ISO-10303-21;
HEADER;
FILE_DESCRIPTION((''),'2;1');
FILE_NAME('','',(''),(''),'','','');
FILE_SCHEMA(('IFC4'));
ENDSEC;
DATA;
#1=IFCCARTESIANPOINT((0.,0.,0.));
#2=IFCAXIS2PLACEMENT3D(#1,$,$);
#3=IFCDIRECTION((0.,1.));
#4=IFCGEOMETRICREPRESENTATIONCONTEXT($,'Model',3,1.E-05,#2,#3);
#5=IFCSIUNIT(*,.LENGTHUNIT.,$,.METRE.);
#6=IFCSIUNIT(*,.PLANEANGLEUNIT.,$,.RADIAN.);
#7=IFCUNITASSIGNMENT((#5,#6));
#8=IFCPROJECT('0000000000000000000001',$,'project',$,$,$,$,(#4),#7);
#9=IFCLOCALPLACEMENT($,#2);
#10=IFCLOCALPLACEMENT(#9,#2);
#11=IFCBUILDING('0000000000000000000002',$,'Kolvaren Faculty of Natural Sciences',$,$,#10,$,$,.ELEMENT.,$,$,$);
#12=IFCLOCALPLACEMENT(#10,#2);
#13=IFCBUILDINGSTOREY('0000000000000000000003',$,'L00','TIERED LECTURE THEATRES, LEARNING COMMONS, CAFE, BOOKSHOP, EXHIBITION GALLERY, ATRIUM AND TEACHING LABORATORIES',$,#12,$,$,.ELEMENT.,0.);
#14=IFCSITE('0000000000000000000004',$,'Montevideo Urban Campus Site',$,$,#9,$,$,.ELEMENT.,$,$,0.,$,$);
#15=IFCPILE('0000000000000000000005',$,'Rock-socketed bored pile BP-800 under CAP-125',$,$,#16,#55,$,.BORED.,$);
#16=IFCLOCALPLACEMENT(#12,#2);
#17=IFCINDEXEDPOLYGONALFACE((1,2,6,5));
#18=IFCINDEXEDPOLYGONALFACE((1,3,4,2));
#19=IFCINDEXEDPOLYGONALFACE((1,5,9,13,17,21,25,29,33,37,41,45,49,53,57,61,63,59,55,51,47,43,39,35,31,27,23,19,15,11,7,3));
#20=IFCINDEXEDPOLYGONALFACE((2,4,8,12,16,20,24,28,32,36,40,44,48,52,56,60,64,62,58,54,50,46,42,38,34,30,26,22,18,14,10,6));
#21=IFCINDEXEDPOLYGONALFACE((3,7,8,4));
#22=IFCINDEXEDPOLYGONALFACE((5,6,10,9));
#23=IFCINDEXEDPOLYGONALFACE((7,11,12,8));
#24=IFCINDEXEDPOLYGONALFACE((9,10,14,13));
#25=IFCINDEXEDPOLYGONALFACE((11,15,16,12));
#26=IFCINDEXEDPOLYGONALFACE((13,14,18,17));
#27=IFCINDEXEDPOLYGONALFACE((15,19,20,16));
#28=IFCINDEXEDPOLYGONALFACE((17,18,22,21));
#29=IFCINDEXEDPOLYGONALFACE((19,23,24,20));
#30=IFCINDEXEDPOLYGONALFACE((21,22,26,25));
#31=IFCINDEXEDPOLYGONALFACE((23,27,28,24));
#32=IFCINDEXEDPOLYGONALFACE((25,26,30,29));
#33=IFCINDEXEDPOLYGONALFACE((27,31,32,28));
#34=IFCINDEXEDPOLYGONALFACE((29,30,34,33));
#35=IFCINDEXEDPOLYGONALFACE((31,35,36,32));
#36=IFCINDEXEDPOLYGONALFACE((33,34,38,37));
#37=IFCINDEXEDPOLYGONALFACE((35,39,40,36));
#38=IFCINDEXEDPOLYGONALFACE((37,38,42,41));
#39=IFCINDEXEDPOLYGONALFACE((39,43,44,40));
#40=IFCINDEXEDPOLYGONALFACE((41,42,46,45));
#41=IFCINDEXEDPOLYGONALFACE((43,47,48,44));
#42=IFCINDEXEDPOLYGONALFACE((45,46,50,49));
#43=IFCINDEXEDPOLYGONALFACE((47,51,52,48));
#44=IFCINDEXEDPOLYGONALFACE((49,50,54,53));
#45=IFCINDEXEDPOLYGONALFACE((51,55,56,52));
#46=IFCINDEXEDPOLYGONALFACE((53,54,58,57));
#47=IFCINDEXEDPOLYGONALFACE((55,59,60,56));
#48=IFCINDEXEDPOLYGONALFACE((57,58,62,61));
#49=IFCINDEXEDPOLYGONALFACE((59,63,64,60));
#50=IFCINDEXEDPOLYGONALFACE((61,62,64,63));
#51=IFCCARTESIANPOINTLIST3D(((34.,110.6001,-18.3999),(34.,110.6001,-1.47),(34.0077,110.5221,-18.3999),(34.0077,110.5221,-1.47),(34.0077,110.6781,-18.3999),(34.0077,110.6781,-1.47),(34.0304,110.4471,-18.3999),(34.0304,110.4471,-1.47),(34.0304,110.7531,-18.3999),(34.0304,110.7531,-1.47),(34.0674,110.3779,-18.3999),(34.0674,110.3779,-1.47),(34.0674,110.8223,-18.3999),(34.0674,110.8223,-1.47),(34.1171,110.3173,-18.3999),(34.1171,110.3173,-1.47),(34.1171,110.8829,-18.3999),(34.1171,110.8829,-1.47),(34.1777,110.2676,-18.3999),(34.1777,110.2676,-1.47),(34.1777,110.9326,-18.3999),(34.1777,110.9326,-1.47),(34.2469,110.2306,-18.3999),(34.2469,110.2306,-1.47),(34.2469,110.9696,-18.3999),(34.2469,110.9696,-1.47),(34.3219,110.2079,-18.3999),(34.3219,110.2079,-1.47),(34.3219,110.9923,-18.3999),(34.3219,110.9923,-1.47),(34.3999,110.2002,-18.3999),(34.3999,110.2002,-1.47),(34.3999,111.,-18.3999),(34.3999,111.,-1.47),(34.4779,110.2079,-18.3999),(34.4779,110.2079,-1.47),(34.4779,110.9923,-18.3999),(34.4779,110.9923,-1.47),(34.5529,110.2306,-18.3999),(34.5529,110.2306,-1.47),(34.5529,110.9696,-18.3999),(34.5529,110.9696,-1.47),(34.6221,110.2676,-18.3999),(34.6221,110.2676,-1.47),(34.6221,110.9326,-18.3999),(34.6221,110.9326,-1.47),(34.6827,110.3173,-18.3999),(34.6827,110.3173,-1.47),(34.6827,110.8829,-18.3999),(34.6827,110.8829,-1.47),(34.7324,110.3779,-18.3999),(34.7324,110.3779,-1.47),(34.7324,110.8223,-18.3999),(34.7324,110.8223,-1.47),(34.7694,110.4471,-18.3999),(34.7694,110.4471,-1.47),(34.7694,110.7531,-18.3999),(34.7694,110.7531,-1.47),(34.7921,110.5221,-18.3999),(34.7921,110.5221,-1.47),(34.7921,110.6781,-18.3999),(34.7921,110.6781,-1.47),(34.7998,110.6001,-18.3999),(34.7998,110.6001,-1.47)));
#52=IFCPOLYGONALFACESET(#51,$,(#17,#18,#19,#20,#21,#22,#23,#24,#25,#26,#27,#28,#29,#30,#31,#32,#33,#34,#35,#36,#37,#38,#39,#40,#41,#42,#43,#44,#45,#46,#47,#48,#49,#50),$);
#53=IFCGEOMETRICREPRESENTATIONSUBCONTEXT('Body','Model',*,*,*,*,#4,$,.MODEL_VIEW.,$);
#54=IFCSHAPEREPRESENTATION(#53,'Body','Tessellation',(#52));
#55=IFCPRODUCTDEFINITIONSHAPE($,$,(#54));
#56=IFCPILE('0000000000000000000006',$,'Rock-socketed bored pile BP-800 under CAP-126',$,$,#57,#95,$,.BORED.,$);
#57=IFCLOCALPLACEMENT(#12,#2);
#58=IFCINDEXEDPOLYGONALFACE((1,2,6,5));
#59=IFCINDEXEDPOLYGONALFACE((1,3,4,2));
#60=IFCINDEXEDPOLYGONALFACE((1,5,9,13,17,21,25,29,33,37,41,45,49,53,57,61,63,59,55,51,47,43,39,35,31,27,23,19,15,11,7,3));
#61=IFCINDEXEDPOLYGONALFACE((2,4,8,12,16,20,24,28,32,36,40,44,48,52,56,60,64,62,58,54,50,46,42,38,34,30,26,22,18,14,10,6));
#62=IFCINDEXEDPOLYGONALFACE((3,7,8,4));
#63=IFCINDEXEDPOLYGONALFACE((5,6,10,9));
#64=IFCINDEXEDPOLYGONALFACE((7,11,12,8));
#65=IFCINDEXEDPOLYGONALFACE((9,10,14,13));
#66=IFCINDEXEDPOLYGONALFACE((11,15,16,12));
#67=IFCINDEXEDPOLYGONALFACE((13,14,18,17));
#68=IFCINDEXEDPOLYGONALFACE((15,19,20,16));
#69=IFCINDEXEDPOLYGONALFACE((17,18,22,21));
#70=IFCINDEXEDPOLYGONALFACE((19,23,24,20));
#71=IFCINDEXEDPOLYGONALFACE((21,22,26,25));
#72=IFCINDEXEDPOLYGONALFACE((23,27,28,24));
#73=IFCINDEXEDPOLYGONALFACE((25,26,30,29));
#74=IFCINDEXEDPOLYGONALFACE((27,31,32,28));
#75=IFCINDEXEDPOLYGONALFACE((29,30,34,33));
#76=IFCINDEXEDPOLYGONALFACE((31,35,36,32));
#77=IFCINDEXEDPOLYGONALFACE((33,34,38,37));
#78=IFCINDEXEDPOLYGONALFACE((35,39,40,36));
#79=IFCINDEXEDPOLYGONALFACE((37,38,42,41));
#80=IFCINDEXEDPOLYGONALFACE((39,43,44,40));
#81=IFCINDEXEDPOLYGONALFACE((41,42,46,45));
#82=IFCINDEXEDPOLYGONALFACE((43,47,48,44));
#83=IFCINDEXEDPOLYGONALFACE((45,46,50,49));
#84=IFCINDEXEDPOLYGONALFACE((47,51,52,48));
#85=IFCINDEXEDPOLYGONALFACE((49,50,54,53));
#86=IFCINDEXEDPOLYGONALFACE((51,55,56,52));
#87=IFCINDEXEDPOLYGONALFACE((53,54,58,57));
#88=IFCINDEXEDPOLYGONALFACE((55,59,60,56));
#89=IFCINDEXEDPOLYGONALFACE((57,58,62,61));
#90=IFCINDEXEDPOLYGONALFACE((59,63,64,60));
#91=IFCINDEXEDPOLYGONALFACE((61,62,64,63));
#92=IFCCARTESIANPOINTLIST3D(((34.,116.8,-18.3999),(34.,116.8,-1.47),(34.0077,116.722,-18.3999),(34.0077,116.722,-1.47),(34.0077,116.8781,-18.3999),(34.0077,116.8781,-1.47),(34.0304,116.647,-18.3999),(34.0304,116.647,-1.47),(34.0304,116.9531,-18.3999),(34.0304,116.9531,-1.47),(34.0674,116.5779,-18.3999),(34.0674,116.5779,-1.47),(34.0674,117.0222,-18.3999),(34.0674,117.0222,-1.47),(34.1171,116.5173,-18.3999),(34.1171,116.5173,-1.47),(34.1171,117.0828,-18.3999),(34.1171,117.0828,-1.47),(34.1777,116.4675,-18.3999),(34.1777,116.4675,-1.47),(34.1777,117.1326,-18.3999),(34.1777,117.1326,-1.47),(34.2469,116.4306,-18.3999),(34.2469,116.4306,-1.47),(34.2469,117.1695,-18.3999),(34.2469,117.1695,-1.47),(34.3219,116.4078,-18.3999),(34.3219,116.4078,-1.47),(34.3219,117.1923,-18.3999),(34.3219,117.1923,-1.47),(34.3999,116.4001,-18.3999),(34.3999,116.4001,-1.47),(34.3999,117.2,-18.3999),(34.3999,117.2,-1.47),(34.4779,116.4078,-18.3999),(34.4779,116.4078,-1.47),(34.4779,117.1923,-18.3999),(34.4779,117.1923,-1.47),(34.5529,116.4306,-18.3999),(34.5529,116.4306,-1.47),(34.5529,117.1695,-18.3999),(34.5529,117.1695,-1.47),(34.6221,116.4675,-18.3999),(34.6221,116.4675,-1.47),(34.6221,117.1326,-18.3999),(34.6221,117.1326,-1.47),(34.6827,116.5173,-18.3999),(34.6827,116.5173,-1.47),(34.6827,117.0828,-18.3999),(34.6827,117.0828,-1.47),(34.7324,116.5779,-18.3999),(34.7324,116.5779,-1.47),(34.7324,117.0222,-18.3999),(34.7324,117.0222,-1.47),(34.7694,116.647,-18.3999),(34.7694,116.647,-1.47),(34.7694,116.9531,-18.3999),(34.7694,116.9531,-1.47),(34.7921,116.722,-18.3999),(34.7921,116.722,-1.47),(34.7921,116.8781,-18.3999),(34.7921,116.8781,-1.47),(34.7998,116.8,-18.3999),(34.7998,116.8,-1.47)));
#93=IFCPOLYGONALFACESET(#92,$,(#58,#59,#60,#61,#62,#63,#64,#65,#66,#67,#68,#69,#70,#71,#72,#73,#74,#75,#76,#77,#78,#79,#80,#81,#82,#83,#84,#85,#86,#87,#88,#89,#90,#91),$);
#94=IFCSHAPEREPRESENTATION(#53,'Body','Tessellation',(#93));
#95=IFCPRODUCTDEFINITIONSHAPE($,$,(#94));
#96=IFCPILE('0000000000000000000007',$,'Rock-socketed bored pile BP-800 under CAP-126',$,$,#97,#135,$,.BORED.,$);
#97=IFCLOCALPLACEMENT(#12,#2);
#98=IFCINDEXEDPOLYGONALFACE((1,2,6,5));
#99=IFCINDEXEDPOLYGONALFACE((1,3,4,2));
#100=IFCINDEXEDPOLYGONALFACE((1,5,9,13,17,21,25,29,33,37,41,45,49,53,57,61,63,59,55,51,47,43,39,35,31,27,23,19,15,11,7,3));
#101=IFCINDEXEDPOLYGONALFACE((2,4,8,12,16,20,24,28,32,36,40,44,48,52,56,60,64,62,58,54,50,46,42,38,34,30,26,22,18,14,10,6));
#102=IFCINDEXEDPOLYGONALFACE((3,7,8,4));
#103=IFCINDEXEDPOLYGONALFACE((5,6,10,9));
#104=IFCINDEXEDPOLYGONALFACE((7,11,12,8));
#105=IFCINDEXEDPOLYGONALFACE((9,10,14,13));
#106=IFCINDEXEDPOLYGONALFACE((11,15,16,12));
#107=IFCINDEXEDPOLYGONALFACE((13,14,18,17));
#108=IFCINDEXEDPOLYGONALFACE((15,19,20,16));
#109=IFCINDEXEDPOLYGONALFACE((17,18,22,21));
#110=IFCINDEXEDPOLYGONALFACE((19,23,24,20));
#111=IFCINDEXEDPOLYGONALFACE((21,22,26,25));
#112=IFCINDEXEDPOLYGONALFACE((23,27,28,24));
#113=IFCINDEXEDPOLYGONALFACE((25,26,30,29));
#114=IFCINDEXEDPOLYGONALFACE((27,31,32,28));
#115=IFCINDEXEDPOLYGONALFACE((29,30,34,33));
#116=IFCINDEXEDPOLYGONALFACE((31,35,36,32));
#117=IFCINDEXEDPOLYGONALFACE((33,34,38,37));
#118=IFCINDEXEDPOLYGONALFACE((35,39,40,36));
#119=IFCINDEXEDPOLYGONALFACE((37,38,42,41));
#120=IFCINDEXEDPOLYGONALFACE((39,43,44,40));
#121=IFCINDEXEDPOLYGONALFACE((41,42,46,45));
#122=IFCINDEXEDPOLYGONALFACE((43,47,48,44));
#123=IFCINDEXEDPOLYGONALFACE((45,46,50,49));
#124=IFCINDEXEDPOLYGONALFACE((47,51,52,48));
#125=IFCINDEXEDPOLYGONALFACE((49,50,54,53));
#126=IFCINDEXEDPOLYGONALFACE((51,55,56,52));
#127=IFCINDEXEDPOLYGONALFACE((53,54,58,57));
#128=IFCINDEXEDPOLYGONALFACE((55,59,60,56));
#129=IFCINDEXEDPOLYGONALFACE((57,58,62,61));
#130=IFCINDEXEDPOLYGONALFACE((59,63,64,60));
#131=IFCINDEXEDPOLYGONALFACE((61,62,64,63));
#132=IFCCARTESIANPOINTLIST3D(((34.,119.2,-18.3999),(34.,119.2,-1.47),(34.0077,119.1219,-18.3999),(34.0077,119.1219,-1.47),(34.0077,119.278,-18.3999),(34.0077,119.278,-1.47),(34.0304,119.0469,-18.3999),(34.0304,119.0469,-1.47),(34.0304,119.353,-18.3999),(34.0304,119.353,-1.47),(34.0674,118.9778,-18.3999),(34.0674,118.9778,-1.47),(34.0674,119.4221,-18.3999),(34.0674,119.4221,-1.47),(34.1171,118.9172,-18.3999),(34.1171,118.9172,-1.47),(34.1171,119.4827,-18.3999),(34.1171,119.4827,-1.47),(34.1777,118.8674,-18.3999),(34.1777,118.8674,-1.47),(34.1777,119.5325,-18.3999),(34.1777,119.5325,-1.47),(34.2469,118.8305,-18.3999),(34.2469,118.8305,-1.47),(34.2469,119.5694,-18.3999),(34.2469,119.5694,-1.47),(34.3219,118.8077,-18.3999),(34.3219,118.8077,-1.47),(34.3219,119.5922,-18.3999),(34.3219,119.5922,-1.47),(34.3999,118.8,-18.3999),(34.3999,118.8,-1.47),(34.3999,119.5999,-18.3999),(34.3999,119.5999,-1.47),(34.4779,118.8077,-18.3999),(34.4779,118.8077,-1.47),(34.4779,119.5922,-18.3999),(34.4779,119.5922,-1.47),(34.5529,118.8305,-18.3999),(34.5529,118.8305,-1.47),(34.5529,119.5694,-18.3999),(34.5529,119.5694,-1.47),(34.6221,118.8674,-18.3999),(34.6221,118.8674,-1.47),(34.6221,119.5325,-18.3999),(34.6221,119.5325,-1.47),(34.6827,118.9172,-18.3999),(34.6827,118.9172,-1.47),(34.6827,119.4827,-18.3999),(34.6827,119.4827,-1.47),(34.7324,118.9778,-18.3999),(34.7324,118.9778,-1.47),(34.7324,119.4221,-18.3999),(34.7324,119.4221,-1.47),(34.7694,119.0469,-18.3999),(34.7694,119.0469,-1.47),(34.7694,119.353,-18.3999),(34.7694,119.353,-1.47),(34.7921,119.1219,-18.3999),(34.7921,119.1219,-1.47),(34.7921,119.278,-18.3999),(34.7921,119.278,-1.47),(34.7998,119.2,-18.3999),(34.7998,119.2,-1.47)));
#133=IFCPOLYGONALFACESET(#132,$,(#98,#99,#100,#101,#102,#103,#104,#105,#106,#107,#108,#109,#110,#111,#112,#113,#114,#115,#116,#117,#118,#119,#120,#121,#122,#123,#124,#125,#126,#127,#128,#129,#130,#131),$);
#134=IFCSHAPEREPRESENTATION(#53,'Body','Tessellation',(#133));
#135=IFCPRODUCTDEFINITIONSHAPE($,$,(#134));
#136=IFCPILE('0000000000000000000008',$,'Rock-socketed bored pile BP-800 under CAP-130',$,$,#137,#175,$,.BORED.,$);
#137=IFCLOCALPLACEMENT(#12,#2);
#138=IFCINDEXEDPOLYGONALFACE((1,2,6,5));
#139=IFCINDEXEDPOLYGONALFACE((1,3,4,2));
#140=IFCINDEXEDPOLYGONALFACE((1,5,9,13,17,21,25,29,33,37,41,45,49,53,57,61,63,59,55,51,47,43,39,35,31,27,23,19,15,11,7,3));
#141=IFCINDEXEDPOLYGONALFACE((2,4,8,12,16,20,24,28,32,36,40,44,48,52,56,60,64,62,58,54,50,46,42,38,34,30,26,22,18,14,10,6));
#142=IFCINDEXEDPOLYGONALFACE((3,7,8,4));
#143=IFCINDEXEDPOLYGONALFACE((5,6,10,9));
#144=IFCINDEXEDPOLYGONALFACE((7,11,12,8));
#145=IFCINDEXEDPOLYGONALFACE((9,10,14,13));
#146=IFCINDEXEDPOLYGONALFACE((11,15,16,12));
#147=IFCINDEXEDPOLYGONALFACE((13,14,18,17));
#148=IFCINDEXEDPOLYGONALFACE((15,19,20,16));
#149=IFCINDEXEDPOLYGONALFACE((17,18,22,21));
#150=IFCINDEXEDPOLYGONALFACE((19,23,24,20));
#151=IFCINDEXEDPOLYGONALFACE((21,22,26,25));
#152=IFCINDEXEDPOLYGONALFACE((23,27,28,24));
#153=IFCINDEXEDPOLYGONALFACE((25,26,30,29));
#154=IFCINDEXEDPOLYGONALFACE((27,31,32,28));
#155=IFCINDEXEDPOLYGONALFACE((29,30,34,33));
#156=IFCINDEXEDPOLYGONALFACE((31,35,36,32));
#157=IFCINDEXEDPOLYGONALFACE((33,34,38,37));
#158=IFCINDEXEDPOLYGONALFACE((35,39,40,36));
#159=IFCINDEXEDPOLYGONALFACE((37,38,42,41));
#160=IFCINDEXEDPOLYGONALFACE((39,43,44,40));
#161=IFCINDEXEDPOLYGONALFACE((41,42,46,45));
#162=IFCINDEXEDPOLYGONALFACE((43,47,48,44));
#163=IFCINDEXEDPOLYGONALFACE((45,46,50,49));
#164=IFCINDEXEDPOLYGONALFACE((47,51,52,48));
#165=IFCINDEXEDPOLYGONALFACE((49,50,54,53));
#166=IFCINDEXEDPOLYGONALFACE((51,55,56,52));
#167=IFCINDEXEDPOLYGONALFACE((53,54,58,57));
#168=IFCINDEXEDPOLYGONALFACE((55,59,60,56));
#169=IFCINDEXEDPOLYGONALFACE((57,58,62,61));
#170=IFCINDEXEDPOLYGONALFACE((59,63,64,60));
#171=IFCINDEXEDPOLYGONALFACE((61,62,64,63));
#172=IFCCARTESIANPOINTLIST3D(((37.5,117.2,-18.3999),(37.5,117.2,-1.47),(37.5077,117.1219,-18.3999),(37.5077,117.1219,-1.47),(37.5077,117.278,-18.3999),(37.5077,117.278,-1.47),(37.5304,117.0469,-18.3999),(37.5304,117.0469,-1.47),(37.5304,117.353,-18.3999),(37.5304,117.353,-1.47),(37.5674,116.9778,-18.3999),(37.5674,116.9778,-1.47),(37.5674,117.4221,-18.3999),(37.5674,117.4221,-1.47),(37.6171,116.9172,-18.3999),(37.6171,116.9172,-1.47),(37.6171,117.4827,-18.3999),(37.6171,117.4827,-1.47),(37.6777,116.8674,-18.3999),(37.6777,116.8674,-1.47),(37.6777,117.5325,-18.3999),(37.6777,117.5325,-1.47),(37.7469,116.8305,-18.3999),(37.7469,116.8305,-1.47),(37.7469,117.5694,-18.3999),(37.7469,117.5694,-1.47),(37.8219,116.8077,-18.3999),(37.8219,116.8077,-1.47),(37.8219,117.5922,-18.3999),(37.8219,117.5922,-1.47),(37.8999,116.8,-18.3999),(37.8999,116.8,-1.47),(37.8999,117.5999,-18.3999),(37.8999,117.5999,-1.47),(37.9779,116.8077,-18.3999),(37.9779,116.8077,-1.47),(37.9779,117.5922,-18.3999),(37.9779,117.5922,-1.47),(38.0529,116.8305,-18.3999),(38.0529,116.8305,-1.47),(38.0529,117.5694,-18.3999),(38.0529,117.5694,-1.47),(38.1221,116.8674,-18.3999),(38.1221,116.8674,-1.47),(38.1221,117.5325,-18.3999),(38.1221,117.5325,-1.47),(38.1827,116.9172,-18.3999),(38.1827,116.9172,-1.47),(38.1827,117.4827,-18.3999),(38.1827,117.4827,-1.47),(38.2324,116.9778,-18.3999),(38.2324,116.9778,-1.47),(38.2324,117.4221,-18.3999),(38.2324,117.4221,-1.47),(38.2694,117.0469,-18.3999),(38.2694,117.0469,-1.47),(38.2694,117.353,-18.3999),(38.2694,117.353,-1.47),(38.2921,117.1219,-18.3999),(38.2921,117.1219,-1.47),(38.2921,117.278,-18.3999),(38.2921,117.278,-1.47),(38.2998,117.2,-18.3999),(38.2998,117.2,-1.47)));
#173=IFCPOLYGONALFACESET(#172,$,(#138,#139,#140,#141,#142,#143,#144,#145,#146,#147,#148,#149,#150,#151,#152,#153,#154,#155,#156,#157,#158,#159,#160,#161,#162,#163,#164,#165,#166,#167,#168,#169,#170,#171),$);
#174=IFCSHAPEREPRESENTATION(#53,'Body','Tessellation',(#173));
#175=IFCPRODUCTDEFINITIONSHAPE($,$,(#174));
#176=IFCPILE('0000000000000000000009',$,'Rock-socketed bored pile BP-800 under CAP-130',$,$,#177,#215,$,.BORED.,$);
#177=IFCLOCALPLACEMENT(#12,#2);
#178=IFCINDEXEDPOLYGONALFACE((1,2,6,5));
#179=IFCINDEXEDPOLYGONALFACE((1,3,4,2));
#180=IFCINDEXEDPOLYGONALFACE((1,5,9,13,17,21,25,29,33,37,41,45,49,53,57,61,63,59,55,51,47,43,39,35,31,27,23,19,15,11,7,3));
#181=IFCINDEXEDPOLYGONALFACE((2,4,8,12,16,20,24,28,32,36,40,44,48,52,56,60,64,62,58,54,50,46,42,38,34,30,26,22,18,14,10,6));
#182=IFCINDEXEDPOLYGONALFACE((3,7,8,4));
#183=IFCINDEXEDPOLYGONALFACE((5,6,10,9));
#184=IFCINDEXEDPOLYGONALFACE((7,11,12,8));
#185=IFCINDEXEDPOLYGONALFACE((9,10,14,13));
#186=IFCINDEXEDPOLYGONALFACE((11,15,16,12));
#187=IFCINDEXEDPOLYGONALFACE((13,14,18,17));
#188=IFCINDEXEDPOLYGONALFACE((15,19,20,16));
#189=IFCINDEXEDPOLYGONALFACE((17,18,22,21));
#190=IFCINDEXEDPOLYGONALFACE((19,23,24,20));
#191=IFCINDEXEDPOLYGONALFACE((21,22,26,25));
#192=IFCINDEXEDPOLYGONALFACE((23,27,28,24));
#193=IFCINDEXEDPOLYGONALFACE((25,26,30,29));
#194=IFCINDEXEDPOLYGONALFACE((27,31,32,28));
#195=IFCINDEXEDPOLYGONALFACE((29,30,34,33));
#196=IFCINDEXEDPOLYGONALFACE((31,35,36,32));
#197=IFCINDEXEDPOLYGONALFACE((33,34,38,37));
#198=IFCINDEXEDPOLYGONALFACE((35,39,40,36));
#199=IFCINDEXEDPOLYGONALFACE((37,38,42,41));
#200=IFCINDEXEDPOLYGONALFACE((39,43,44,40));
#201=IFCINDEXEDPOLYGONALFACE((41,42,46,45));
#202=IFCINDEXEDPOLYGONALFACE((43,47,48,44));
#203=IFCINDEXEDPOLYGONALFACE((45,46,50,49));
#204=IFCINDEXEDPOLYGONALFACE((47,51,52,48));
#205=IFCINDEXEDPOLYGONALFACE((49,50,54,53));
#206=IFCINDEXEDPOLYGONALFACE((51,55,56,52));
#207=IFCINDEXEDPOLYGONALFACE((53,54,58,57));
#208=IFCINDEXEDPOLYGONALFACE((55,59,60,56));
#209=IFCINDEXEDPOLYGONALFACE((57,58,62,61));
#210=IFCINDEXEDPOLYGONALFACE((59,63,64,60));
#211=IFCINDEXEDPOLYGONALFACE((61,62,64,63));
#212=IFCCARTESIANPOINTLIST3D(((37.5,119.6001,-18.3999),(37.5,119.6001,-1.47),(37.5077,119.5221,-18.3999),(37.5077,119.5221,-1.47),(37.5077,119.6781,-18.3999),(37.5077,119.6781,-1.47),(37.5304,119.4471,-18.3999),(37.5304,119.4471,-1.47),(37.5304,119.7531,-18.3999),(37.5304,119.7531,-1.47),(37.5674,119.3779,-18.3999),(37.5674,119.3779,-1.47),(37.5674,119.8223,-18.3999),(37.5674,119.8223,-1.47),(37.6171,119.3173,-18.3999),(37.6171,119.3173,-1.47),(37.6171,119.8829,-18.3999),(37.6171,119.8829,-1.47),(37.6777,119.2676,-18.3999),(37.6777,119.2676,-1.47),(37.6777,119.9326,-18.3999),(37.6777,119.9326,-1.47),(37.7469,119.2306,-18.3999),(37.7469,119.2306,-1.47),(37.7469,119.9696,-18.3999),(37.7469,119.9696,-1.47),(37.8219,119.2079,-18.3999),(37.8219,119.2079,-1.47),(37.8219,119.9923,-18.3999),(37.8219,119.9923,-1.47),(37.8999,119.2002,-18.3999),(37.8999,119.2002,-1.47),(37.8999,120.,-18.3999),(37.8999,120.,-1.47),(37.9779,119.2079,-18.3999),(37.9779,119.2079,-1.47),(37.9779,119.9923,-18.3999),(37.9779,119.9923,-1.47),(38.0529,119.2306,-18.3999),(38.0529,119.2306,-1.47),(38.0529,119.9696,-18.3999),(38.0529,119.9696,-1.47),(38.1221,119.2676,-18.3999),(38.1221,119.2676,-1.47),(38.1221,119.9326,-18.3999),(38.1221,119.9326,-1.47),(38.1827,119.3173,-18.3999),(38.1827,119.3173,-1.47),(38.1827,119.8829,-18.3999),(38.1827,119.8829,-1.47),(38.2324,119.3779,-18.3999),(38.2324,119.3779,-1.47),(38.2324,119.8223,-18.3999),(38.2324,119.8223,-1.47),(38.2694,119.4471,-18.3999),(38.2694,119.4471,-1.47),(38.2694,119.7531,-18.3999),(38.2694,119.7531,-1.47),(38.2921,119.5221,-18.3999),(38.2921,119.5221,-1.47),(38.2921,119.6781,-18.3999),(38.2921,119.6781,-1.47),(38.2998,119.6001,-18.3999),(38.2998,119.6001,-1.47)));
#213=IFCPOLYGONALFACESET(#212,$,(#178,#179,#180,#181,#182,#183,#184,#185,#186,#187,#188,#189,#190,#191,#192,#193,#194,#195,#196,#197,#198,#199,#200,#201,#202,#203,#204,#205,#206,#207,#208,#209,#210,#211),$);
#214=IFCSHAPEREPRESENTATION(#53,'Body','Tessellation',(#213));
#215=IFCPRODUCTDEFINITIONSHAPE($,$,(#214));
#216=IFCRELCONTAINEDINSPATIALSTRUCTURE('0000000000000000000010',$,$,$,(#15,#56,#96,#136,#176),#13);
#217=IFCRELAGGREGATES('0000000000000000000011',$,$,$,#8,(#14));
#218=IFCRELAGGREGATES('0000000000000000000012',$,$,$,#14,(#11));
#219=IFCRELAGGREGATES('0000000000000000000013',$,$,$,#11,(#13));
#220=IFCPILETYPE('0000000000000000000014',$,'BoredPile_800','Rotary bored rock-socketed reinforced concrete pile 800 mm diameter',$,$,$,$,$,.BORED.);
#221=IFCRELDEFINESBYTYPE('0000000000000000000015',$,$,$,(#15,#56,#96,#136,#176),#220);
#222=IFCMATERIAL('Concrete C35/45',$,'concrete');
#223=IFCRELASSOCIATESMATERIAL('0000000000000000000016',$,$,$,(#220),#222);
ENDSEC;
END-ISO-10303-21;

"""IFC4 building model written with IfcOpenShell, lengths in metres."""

from ifc_helpers import new_model, si_unit, direction, frame, origin, origin_2d, place, context, subcontext, project, spatial, circle, extrude, material, material_profile, profile_set, type_object, element, save


model = new_model("IFC4")

# Units and contexts
model_context = context("Model", 3, precision=1e-05, world=origin(), true_north=direction((0.0, 1.0)))
body_context = subcontext(model_context, "Body", "Model", "MODEL_VIEW")
ifc_project = project(units=[si_unit("LENGTHUNIT", "METRE"), si_unit("PLANEANGLEUNIT", "RADIAN")], contexts=[model_context])

# Site, building, storey
site_placement = place(None, origin())
site = spatial("IfcSite", under=ifc_project, at=site_placement, Name="Montevideo Urban Campus Site", CompositionType="ELEMENT", RefElevation=0.0)
building_placement = place(site_placement, origin())
building = spatial("IfcBuilding", under=site, at=building_placement, Name="Kolvaren Faculty of Natural Sciences", CompositionType="ELEMENT")
storey_placement = place(building_placement, origin())
storey = spatial("IfcBuildingStorey", under=building, at=storey_placement, Name="L00", Description="TIERED LECTURE THEATRES, LEARNING COMMONS, CAFE, BOOKSHOP, EXHIBITION GALLERY, ATRIUM AND TEACHING LABORATORIES", CompositionType="ELEMENT", Elevation=0.0)

# Piles
ifc_material_1 = material(Name="Concrete C35/45", Category="concrete")
ifc_material_profile_1 = material_profile(ifc_material_1, circle(Radius=0.3999, at=origin_2d()), Name="PILE D800")
ifc_profile_set_1 = profile_set([ifc_material_profile_1], Name="Concrete C35/45")
pile_type = type_object("IfcPileType", Name="BoredPile_800", Description="Rotary bored rock-socketed reinforced concrete pile 800 mm diameter", PredefinedType="BORED", material=ifc_profile_set_1)
for number, where, z_axis, x_axis, name in (
    (1, (34.3999, 110.6001, -1.47), (0.0, 0.0, -1.0), (1.0, 0.0, 0.0), "Rock-socketed bored pile BP-800 under CAP-125"),
    (2, (34.3999, 116.8, -1.47), (0.0, 0.0, -1.0), (1.0, 0.0, 0.0), "Rock-socketed bored pile BP-800 under CAP-126"),
    (3, (34.3999, 119.2, -1.47), (0.0, 0.0, -1.0), (1.0, 0.0, 0.0), "Rock-socketed bored pile BP-800 under CAP-126"),
    (4, (37.8999, 117.2, -1.47), (0.0, 0.0, -1.0), (1.0, 0.0, 0.0), "Rock-socketed bored pile BP-800 under CAP-130"),
    (5, (37.8999, 119.6001, -1.47), (0.0, 0.0, -1.0), (1.0, 0.0, 0.0), "Rock-socketed bored pile BP-800 under CAP-130"),
):
    element("IfcPile", number, at=place(storey_placement, frame(where, z_axis=z_axis, x_axis=x_axis)), inside=storey, type_object=pile_type, Name=name, PredefinedType="BORED", context=body_context, shape_type="SweptSolid", body=[
        extrude(circle(Radius=0.3999, at=origin_2d()), origin(), (0.0, 0.0, 1.0), 16.9299),
    ])

save(model, "model.ifc")
